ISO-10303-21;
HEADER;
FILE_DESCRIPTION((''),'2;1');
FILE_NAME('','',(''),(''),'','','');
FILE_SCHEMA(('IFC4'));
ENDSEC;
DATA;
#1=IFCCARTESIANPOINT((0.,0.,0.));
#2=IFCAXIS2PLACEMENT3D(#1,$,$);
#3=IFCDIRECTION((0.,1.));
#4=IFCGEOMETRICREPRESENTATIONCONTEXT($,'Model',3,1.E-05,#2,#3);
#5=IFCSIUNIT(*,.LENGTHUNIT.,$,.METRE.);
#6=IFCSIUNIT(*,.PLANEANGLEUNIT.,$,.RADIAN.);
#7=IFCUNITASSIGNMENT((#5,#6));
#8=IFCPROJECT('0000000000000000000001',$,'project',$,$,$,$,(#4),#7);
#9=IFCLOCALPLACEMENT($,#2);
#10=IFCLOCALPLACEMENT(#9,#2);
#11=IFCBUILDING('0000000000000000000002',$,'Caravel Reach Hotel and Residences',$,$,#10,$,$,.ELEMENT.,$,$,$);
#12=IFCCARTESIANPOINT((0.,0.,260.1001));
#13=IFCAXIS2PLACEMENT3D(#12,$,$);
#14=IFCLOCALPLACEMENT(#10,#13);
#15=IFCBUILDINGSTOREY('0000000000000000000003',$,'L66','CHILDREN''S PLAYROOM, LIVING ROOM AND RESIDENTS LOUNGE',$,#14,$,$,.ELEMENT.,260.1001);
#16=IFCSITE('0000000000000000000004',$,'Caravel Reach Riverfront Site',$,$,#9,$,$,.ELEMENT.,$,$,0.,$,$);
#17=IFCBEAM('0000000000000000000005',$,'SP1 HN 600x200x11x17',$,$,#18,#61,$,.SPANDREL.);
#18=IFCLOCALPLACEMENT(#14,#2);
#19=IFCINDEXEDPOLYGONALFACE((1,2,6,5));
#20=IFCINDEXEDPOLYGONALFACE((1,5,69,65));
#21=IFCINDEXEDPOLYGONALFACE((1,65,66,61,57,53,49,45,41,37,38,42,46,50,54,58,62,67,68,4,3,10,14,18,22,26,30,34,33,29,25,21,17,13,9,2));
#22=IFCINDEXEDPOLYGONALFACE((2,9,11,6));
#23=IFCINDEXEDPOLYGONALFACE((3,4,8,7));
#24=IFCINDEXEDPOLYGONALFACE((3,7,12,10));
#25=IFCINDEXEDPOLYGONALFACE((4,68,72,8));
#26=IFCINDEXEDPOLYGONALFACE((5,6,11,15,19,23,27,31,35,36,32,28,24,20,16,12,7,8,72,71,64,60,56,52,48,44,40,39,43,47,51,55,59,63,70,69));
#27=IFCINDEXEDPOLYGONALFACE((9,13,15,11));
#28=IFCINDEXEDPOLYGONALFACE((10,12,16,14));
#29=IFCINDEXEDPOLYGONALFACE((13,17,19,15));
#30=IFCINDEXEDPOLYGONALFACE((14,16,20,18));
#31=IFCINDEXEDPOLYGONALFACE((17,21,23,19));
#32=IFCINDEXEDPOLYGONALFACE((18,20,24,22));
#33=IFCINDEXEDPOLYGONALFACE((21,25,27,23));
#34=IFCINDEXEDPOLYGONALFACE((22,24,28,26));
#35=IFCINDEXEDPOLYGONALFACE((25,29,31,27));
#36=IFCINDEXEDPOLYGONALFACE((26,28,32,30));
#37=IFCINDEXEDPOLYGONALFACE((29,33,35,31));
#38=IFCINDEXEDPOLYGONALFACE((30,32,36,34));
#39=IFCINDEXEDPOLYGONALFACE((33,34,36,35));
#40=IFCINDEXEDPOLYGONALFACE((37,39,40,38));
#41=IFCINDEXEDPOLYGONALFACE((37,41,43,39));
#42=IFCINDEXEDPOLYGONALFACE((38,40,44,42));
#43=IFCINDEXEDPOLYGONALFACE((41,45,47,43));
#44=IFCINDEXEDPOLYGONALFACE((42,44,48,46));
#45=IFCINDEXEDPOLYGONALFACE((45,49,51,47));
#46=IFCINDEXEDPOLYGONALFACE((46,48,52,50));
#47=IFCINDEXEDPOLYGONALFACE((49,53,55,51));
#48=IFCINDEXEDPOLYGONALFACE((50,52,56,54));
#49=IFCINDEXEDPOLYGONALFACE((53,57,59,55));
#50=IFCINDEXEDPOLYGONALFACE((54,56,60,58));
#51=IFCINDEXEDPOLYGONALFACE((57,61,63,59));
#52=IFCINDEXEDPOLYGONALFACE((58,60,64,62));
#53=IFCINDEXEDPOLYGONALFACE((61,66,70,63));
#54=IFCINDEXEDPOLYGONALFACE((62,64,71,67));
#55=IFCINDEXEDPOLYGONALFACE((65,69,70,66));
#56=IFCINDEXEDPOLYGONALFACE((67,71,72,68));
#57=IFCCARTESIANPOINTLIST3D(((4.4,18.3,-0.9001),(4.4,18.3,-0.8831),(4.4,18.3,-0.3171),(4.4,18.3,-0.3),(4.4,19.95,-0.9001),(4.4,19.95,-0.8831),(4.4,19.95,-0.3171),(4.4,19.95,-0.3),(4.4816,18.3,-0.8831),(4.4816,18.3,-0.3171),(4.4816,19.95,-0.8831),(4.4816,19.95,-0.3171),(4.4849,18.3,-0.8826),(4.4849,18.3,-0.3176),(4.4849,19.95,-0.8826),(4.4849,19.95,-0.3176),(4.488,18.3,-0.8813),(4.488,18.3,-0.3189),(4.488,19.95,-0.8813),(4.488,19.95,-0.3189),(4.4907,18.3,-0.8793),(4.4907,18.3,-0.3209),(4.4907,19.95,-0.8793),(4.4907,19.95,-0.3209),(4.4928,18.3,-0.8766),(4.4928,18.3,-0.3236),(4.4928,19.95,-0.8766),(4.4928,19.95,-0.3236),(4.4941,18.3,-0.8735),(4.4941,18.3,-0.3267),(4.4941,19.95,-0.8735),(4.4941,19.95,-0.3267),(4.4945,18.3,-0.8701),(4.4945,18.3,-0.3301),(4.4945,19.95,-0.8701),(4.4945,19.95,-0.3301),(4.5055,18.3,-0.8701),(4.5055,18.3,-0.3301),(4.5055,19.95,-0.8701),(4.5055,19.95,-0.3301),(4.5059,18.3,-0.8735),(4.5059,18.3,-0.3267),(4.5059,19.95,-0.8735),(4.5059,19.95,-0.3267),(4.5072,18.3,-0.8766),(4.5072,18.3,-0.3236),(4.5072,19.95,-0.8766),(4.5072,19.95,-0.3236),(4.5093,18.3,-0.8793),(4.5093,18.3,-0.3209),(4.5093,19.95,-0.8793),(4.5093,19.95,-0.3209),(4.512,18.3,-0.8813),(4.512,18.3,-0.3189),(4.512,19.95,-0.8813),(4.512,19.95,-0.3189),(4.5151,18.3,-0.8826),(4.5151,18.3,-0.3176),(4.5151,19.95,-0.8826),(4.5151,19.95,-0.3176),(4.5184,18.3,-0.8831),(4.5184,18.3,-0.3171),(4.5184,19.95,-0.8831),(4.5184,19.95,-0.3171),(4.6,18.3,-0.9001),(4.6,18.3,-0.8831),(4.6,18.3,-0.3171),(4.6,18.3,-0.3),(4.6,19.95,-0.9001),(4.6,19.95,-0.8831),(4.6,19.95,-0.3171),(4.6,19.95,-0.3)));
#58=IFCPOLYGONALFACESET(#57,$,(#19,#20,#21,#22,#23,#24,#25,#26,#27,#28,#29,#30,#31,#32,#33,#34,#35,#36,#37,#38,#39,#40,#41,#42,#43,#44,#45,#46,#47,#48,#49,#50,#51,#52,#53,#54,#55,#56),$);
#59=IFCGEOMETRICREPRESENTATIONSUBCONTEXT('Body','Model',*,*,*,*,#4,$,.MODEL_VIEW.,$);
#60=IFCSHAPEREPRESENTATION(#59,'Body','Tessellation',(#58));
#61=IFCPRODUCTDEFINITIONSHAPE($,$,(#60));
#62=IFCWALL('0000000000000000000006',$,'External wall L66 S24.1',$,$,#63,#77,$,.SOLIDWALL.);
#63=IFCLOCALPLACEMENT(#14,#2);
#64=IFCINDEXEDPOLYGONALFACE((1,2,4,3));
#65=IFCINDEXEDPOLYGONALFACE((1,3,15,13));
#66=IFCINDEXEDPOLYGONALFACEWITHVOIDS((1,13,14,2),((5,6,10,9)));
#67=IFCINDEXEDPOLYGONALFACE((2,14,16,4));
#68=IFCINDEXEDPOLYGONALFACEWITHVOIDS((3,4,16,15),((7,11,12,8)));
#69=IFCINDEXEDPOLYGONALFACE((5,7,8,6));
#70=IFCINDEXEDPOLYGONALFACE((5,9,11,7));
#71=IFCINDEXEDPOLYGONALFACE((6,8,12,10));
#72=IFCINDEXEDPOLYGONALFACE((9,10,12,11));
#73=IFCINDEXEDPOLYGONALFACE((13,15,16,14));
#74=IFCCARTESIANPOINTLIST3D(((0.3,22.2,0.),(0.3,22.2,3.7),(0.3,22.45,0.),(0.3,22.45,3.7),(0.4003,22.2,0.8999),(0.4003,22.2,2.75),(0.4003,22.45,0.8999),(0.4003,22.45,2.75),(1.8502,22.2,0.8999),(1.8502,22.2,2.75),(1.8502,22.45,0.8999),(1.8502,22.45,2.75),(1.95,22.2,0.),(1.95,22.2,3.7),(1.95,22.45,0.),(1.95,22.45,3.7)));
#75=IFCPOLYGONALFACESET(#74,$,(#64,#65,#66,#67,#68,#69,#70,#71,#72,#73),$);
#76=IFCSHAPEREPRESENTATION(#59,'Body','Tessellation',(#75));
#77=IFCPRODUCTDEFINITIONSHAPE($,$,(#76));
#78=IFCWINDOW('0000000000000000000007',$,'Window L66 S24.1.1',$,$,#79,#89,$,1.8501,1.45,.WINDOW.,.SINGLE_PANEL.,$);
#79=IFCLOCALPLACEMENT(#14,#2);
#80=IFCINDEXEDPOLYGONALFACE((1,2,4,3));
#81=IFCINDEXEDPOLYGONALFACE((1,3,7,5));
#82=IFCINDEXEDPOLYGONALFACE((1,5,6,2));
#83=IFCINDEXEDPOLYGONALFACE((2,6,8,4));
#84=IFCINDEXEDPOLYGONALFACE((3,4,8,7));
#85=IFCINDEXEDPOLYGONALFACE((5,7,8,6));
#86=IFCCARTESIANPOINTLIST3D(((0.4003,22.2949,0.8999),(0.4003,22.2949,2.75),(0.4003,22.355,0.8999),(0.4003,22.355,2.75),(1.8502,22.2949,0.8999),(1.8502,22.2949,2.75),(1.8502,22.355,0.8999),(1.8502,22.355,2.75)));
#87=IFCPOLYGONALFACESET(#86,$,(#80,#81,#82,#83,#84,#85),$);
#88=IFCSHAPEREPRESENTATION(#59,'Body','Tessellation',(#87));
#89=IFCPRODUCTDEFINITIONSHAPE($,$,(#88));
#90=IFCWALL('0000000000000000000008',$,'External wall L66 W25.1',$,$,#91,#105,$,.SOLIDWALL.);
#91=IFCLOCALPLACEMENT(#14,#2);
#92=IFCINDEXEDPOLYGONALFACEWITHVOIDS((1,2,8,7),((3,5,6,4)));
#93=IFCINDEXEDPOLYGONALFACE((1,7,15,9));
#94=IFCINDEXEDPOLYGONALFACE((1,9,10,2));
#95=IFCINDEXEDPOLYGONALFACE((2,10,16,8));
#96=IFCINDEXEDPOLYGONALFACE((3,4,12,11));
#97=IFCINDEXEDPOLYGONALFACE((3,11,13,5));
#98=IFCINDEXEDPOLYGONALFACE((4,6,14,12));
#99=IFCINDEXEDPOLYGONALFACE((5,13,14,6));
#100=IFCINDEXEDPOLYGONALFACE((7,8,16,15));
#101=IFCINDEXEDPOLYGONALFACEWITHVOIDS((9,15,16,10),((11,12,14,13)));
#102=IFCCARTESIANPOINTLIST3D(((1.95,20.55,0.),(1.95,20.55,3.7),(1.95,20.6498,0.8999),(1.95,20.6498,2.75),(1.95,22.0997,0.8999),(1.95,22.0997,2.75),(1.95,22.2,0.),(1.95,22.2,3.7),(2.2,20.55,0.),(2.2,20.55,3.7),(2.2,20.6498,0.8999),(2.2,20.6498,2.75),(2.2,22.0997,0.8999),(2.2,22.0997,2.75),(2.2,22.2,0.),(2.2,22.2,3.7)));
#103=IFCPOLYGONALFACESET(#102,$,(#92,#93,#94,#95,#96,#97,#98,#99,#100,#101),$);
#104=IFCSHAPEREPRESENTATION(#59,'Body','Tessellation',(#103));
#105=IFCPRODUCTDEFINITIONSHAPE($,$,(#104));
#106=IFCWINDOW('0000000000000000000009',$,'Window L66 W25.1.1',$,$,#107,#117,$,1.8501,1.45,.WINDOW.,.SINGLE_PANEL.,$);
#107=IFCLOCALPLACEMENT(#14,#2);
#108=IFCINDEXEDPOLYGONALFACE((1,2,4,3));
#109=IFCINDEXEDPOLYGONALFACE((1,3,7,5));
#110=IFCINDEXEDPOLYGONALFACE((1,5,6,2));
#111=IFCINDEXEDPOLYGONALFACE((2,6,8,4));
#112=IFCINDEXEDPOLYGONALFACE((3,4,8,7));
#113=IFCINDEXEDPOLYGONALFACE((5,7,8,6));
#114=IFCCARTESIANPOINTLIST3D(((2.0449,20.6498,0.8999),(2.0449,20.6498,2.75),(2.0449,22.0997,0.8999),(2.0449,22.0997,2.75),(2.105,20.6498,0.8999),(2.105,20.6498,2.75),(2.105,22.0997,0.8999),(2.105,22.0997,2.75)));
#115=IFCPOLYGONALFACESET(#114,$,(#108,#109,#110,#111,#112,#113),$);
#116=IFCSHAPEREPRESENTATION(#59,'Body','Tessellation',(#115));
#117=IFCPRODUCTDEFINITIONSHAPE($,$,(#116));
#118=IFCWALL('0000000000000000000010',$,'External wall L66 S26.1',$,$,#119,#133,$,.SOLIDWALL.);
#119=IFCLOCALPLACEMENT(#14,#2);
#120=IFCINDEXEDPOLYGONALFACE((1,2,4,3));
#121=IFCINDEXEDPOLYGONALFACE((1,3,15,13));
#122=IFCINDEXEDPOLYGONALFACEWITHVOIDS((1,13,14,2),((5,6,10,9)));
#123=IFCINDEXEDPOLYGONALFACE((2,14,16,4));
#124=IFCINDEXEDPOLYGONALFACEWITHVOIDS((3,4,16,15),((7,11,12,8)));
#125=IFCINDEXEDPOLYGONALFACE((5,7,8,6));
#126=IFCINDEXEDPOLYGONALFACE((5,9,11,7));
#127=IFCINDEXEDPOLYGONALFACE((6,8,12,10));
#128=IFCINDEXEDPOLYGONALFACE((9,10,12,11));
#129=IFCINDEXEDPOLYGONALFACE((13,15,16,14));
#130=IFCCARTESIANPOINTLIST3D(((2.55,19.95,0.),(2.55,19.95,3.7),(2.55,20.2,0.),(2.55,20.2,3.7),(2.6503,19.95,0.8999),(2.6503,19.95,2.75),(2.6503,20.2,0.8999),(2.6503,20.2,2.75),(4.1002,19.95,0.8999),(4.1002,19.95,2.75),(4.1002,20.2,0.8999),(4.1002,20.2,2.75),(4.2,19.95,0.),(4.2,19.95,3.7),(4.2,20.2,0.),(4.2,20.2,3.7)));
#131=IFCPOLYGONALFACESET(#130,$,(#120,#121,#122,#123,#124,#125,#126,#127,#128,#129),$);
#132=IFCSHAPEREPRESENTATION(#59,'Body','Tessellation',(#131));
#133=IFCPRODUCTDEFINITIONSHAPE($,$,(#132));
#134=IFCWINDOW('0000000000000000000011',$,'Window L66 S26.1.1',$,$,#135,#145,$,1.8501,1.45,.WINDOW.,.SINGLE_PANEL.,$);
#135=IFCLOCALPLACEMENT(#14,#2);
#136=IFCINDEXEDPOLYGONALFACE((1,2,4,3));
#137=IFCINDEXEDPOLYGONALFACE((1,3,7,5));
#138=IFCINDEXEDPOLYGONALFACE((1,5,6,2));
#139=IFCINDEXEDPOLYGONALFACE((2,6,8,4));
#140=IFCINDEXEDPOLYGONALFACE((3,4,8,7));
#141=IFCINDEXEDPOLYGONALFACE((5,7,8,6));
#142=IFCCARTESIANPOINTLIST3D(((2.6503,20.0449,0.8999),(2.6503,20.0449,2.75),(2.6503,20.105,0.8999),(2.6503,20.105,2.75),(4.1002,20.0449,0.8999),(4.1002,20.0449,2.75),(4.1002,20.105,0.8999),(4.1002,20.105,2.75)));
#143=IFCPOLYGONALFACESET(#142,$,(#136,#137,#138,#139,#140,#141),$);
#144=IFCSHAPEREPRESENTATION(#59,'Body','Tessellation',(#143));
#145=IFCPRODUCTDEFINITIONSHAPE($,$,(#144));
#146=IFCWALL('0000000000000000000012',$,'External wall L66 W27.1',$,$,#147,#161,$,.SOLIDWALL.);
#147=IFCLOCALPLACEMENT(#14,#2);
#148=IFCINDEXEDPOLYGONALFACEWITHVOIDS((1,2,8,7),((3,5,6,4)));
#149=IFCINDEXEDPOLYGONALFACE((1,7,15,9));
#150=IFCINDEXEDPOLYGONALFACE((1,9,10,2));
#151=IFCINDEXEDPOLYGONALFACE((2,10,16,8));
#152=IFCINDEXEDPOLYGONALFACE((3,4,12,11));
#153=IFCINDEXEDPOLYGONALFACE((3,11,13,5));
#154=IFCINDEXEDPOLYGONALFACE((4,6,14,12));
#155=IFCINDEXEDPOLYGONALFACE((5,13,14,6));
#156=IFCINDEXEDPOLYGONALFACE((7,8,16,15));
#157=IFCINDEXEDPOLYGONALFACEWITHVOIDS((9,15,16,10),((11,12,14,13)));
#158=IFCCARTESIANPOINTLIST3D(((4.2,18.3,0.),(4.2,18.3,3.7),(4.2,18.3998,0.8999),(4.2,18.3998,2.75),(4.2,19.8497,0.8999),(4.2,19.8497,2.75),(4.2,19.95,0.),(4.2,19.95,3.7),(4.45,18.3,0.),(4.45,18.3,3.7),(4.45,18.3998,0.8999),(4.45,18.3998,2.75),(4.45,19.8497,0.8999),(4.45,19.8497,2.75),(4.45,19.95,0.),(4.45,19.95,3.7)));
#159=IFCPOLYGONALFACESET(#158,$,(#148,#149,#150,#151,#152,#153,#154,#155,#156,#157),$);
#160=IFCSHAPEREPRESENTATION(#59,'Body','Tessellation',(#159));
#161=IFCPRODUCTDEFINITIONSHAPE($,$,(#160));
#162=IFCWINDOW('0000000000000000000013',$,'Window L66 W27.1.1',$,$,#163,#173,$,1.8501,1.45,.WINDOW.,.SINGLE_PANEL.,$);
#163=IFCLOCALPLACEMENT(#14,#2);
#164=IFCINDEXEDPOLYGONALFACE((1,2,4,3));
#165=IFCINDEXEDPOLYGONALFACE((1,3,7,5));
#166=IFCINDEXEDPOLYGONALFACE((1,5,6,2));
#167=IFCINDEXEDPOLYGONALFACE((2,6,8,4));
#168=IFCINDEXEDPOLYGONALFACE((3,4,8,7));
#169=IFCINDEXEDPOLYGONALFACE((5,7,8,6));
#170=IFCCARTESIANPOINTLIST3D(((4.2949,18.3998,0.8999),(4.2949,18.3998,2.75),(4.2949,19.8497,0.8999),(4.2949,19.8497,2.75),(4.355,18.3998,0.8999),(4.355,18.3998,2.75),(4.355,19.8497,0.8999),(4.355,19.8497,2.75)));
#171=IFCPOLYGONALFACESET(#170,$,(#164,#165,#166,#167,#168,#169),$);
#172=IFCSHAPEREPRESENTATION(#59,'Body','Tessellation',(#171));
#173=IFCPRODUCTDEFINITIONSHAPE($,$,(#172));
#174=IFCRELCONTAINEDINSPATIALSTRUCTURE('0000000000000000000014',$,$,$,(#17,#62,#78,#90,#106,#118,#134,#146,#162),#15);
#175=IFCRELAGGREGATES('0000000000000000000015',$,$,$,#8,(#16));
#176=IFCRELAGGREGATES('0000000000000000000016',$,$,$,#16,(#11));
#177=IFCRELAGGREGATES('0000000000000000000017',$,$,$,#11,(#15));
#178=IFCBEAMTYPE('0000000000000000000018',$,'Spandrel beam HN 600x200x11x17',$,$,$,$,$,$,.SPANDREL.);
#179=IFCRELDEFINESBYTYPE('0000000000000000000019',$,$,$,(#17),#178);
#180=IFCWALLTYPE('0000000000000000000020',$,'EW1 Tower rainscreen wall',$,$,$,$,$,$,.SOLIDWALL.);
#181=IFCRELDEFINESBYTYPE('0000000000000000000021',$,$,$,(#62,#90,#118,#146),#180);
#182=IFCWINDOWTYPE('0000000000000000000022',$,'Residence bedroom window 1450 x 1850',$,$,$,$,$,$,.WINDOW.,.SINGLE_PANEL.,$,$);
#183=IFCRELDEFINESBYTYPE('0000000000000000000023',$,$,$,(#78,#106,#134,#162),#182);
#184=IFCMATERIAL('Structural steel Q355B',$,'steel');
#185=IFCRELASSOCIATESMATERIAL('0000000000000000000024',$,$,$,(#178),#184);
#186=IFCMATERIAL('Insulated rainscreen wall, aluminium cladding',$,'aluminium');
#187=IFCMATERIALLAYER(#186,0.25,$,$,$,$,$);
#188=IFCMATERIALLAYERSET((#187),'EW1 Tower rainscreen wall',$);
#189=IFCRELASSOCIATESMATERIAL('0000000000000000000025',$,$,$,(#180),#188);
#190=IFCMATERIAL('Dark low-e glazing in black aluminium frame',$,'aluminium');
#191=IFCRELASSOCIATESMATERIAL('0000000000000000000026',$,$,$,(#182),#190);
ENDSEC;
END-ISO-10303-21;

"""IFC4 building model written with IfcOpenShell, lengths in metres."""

from ifc_helpers import new_model, si_unit, direction, frame, frame_2d, origin, origin_2d, place, context, subcontext, project, spatial, rectangle, i_section, extrude, material, layer, layer_set, material_profile, profile_set, type_object, element, fill, save


model = new_model("IFC4")

# Units and contexts
model_context = context("Model", 3, precision=1e-05, world=origin(), true_north=direction((0.0, 1.0)))
body_context = subcontext(model_context, "Body", "Model", "MODEL_VIEW")
ifc_project = project(units=[si_unit("LENGTHUNIT", "METRE"), si_unit("PLANEANGLEUNIT", "RADIAN")], contexts=[model_context])

# Site, building, storey
site_placement = place(None, origin())
site = spatial("IfcSite", under=ifc_project, at=site_placement, Name="Caravel Reach Riverfront Site", CompositionType="ELEMENT", RefElevation=0.0)
building_placement = place(site_placement, origin())
building = spatial("IfcBuilding", under=site, at=building_placement, Name="Caravel Reach Hotel and Residences", CompositionType="ELEMENT")
storey_placement = place(building_placement, frame((0.0, 0.0, 260.1001)))
storey = spatial("IfcBuildingStorey", under=building, at=storey_placement, Name="L66", Description="CHILDREN'S PLAYROOM, LIVING ROOM AND RESIDENTS LOUNGE", CompositionType="ELEMENT", Elevation=260.1001)

# Beam
ifc_material_1 = material(Name="Structural steel Q355B", Category="steel")
ifc_material_profile_1 = material_profile(ifc_material_1, i_section(OverallWidth=0.2, OverallDepth=0.6001, WebThickness=0.011, FlangeThickness=0.0171, FilletRadius=0.0129, at=origin_2d()), Name="HN 600x200x11x17")
ifc_profile_set_1 = profile_set([ifc_material_profile_1], Name="Structural steel Q355B")
beam_type = type_object("IfcBeamType", Name="Spandrel beam HN 600x200x11x17", PredefinedType="SPANDREL", material=ifc_profile_set_1)
for number, where, z_axis, x_axis, name in (
    (1, (4.5, 19.95, -0.6001), (0.0, -1.0, 0.0), (1.0, 0.0, 0.0), "SP1 HN 600x200x11x17"),
):
    element("IfcBeam", number, at=place(storey_placement, frame(where, z_axis=z_axis, x_axis=x_axis)), inside=storey, type_object=beam_type, Name=name, PredefinedType="SPANDREL", context=body_context, shape_type="SweptSolid", body=[
        extrude(i_section(OverallWidth=0.2, OverallDepth=0.6001, WebThickness=0.011, FlangeThickness=0.0171, FilletRadius=0.0129, at=origin_2d()), origin(), (0.0, 0.0, 1.0), 1.6499),
    ])

# Walls, openings, windows
ifc_material_2 = material(Name="Insulated rainscreen wall, aluminium cladding", Category="aluminium")
ifc_layer_1 = layer(ifc_material_2, 0.25)
ifc_layer_set_1 = layer_set([ifc_layer_1], Name="EW1 Tower rainscreen wall")
wall_type_1 = type_object("IfcWallType", Name="EW1 Tower rainscreen wall", PredefinedType="SOLIDWALL", material=ifc_layer_set_1)
wall_1_placement = place(storey_placement, frame((0.3, 22.325, 0.0), z_axis=(0.0, 0.0, 1.0), x_axis=(1.0, 0.0, 0.0)))
wall_1 = element("IfcWall", 2, at=wall_1_placement, inside=storey, type_object=wall_type_1, Name="External wall L66 S24.1", PredefinedType="SOLIDWALL", context=body_context, shape_type="SweptSolid", body=[
    extrude(rectangle(XDim=1.6499, YDim=0.25, at=frame_2d((0.825, 0.0))), origin(), (0.0, 0.0, 1.0), 3.7),
])
opening_1_placement = place(wall_1_placement, frame((0.1001, 0.0, 0.8999)))
opening_1 = element("IfcOpeningElement", 3, at=opening_1_placement, cuts=wall_1, PredefinedType="OPENING", context=body_context, shape_type="SweptSolid", body=[
    extrude(rectangle(XDim=1.45, YDim=1.8501, at=frame_2d((0.7251, 0.925))), frame((0.0, 0.135, 0.0), z_axis=(0.0, -1.0, 0.0), x_axis=(1.0, 0.0, 0.0)), (0.0, 0.0, 1.0), 0.27),
])
ifc_material_3 = material(Name="Dark low-e glazing in black aluminium frame", Category="aluminium")
window_type = type_object("IfcWindowType", Name="Residence bedroom window 1450 x 1850", PartitioningType="SINGLE_PANEL", PredefinedType="WINDOW", material=ifc_material_3)
window_1_placement = place(opening_1_placement, origin())
window_1 = element("IfcWindow", 4, at=window_1_placement, inside=storey, type_object=window_type, Name="Window L66 S24.1.1", OverallHeight=1.8501, OverallWidth=1.45, PartitioningType="SINGLE_PANEL", PredefinedType="WINDOW", context=body_context, shape_type="SweptSolid", body=[
    extrude(rectangle(XDim=1.45, YDim=1.8501, at=frame_2d((0.7251, 0.925))), frame((0.0, 0.03, 0.0), z_axis=(0.0, -1.0, 0.0), x_axis=(1.0, 0.0, 0.0)), (0.0, 0.0, 1.0), 0.0601),
])
fill(opening_1, window_1)
wall_2_placement = place(storey_placement, frame((2.075, 22.2, 0.0), z_axis=(0.0, 0.0, 1.0), x_axis=(0.0, -1.0, 0.0)))
wall_2 = element("IfcWall", 5, at=wall_2_placement, inside=storey, type_object=wall_type_1, Name="External wall L66 W25.1", PredefinedType="SOLIDWALL", context=body_context, shape_type="SweptSolid", body=[
    extrude(rectangle(XDim=1.6499, YDim=0.25, at=frame_2d((0.825, 0.0))), origin(), (0.0, 0.0, 1.0), 3.7),
])
opening_2_placement = place(wall_2_placement, frame((0.1001, 0.0, 0.8999)))
opening_2 = element("IfcOpeningElement", 6, at=opening_2_placement, cuts=wall_2, PredefinedType="OPENING", context=body_context, shape_type="SweptSolid", body=[
    extrude(rectangle(XDim=1.45, YDim=1.8501, at=frame_2d((0.7251, 0.925))), frame((0.0, 0.135, 0.0), z_axis=(0.0, -1.0, 0.0), x_axis=(1.0, 0.0, 0.0)), (0.0, 0.0, 1.0), 0.27),
])
window_2_placement = place(opening_2_placement, origin())
window_2 = element("IfcWindow", 7, at=window_2_placement, inside=storey, type_object=window_type, Name="Window L66 W25.1.1", OverallHeight=1.8501, OverallWidth=1.45, PartitioningType="SINGLE_PANEL", PredefinedType="WINDOW", context=body_context, shape_type="SweptSolid", body=[
    extrude(rectangle(XDim=1.45, YDim=1.8501, at=frame_2d((0.7251, 0.925))), frame((0.0, 0.03, 0.0), z_axis=(0.0, -1.0, 0.0), x_axis=(1.0, 0.0, 0.0)), (0.0, 0.0, 1.0), 0.0601),
])
fill(opening_2, window_2)
wall_3_placement = place(storey_placement, frame((2.55, 20.075, 0.0), z_axis=(0.0, 0.0, 1.0), x_axis=(1.0, 0.0, 0.0)))
wall_3 = element("IfcWall", 8, at=wall_3_placement, inside=storey, type_object=wall_type_1, Name="External wall L66 S26.1", PredefinedType="SOLIDWALL", context=body_context, shape_type="SweptSolid", body=[
    extrude(rectangle(XDim=1.6499, YDim=0.25, at=frame_2d((0.825, 0.0))), origin(), (0.0, 0.0, 1.0), 3.7),
])
opening_3_placement = place(wall_3_placement, frame((0.1001, 0.0, 0.8999)))
opening_3 = element("IfcOpeningElement", 9, at=opening_3_placement, cuts=wall_3, PredefinedType="OPENING", context=body_context, shape_type="SweptSolid", body=[
    extrude(rectangle(XDim=1.45, YDim=1.8501, at=frame_2d((0.7251, 0.925))), frame((0.0, 0.135, 0.0), z_axis=(0.0, -1.0, 0.0), x_axis=(1.0, 0.0, 0.0)), (0.0, 0.0, 1.0), 0.27),
])
window_3_placement = place(opening_3_placement, origin())
window_3 = element("IfcWindow", 10, at=window_3_placement, inside=storey, type_object=window_type, Name="Window L66 S26.1.1", OverallHeight=1.8501, OverallWidth=1.45, PartitioningType="SINGLE_PANEL", PredefinedType="WINDOW", context=body_context, shape_type="SweptSolid", body=[
    extrude(rectangle(XDim=1.45, YDim=1.8501, at=frame_2d((0.7251, 0.925))), frame((0.0, 0.03, 0.0), z_axis=(0.0, -1.0, 0.0), x_axis=(1.0, 0.0, 0.0)), (0.0, 0.0, 1.0), 0.0601),
])
fill(opening_3, window_3)
wall_4_placement = place(storey_placement, frame((4.325, 19.95, 0.0), z_axis=(0.0, 0.0, 1.0), x_axis=(0.0, -1.0, 0.0)))
wall_4 = element("IfcWall", 11, at=wall_4_placement, inside=storey, type_object=wall_type_1, Name="External wall L66 W27.1", PredefinedType="SOLIDWALL", context=body_context, shape_type="SweptSolid", body=[
    extrude(rectangle(XDim=1.6499, YDim=0.25, at=frame_2d((0.825, 0.0))), origin(), (0.0, 0.0, 1.0), 3.7),
])
opening_4_placement = place(wall_4_placement, frame((0.1001, 0.0, 0.8999)))
opening_4 = element("IfcOpeningElement", 12, at=opening_4_placement, cuts=wall_4, PredefinedType="OPENING", context=body_context, shape_type="SweptSolid", body=[
    extrude(rectangle(XDim=1.45, YDim=1.8501, at=frame_2d((0.7251, 0.925))), frame((0.0, 0.135, 0.0), z_axis=(0.0, -1.0, 0.0), x_axis=(1.0, 0.0, 0.0)), (0.0, 0.0, 1.0), 0.27),
])
window_4_placement = place(opening_4_placement, origin())
window_4 = element("IfcWindow", 13, at=window_4_placement, inside=storey, type_object=window_type, Name="Window L66 W27.1.1", OverallHeight=1.8501, OverallWidth=1.45, PartitioningType="SINGLE_PANEL", PredefinedType="WINDOW", context=body_context, shape_type="SweptSolid", body=[
    extrude(rectangle(XDim=1.45, YDim=1.8501, at=frame_2d((0.7251, 0.925))), frame((0.0, 0.03, 0.0), z_axis=(0.0, -1.0, 0.0), x_axis=(1.0, 0.0, 0.0)), (0.0, 0.0, 1.0), 0.0601),
])
fill(opening_4, window_4)

save(model, "model.ifc")
